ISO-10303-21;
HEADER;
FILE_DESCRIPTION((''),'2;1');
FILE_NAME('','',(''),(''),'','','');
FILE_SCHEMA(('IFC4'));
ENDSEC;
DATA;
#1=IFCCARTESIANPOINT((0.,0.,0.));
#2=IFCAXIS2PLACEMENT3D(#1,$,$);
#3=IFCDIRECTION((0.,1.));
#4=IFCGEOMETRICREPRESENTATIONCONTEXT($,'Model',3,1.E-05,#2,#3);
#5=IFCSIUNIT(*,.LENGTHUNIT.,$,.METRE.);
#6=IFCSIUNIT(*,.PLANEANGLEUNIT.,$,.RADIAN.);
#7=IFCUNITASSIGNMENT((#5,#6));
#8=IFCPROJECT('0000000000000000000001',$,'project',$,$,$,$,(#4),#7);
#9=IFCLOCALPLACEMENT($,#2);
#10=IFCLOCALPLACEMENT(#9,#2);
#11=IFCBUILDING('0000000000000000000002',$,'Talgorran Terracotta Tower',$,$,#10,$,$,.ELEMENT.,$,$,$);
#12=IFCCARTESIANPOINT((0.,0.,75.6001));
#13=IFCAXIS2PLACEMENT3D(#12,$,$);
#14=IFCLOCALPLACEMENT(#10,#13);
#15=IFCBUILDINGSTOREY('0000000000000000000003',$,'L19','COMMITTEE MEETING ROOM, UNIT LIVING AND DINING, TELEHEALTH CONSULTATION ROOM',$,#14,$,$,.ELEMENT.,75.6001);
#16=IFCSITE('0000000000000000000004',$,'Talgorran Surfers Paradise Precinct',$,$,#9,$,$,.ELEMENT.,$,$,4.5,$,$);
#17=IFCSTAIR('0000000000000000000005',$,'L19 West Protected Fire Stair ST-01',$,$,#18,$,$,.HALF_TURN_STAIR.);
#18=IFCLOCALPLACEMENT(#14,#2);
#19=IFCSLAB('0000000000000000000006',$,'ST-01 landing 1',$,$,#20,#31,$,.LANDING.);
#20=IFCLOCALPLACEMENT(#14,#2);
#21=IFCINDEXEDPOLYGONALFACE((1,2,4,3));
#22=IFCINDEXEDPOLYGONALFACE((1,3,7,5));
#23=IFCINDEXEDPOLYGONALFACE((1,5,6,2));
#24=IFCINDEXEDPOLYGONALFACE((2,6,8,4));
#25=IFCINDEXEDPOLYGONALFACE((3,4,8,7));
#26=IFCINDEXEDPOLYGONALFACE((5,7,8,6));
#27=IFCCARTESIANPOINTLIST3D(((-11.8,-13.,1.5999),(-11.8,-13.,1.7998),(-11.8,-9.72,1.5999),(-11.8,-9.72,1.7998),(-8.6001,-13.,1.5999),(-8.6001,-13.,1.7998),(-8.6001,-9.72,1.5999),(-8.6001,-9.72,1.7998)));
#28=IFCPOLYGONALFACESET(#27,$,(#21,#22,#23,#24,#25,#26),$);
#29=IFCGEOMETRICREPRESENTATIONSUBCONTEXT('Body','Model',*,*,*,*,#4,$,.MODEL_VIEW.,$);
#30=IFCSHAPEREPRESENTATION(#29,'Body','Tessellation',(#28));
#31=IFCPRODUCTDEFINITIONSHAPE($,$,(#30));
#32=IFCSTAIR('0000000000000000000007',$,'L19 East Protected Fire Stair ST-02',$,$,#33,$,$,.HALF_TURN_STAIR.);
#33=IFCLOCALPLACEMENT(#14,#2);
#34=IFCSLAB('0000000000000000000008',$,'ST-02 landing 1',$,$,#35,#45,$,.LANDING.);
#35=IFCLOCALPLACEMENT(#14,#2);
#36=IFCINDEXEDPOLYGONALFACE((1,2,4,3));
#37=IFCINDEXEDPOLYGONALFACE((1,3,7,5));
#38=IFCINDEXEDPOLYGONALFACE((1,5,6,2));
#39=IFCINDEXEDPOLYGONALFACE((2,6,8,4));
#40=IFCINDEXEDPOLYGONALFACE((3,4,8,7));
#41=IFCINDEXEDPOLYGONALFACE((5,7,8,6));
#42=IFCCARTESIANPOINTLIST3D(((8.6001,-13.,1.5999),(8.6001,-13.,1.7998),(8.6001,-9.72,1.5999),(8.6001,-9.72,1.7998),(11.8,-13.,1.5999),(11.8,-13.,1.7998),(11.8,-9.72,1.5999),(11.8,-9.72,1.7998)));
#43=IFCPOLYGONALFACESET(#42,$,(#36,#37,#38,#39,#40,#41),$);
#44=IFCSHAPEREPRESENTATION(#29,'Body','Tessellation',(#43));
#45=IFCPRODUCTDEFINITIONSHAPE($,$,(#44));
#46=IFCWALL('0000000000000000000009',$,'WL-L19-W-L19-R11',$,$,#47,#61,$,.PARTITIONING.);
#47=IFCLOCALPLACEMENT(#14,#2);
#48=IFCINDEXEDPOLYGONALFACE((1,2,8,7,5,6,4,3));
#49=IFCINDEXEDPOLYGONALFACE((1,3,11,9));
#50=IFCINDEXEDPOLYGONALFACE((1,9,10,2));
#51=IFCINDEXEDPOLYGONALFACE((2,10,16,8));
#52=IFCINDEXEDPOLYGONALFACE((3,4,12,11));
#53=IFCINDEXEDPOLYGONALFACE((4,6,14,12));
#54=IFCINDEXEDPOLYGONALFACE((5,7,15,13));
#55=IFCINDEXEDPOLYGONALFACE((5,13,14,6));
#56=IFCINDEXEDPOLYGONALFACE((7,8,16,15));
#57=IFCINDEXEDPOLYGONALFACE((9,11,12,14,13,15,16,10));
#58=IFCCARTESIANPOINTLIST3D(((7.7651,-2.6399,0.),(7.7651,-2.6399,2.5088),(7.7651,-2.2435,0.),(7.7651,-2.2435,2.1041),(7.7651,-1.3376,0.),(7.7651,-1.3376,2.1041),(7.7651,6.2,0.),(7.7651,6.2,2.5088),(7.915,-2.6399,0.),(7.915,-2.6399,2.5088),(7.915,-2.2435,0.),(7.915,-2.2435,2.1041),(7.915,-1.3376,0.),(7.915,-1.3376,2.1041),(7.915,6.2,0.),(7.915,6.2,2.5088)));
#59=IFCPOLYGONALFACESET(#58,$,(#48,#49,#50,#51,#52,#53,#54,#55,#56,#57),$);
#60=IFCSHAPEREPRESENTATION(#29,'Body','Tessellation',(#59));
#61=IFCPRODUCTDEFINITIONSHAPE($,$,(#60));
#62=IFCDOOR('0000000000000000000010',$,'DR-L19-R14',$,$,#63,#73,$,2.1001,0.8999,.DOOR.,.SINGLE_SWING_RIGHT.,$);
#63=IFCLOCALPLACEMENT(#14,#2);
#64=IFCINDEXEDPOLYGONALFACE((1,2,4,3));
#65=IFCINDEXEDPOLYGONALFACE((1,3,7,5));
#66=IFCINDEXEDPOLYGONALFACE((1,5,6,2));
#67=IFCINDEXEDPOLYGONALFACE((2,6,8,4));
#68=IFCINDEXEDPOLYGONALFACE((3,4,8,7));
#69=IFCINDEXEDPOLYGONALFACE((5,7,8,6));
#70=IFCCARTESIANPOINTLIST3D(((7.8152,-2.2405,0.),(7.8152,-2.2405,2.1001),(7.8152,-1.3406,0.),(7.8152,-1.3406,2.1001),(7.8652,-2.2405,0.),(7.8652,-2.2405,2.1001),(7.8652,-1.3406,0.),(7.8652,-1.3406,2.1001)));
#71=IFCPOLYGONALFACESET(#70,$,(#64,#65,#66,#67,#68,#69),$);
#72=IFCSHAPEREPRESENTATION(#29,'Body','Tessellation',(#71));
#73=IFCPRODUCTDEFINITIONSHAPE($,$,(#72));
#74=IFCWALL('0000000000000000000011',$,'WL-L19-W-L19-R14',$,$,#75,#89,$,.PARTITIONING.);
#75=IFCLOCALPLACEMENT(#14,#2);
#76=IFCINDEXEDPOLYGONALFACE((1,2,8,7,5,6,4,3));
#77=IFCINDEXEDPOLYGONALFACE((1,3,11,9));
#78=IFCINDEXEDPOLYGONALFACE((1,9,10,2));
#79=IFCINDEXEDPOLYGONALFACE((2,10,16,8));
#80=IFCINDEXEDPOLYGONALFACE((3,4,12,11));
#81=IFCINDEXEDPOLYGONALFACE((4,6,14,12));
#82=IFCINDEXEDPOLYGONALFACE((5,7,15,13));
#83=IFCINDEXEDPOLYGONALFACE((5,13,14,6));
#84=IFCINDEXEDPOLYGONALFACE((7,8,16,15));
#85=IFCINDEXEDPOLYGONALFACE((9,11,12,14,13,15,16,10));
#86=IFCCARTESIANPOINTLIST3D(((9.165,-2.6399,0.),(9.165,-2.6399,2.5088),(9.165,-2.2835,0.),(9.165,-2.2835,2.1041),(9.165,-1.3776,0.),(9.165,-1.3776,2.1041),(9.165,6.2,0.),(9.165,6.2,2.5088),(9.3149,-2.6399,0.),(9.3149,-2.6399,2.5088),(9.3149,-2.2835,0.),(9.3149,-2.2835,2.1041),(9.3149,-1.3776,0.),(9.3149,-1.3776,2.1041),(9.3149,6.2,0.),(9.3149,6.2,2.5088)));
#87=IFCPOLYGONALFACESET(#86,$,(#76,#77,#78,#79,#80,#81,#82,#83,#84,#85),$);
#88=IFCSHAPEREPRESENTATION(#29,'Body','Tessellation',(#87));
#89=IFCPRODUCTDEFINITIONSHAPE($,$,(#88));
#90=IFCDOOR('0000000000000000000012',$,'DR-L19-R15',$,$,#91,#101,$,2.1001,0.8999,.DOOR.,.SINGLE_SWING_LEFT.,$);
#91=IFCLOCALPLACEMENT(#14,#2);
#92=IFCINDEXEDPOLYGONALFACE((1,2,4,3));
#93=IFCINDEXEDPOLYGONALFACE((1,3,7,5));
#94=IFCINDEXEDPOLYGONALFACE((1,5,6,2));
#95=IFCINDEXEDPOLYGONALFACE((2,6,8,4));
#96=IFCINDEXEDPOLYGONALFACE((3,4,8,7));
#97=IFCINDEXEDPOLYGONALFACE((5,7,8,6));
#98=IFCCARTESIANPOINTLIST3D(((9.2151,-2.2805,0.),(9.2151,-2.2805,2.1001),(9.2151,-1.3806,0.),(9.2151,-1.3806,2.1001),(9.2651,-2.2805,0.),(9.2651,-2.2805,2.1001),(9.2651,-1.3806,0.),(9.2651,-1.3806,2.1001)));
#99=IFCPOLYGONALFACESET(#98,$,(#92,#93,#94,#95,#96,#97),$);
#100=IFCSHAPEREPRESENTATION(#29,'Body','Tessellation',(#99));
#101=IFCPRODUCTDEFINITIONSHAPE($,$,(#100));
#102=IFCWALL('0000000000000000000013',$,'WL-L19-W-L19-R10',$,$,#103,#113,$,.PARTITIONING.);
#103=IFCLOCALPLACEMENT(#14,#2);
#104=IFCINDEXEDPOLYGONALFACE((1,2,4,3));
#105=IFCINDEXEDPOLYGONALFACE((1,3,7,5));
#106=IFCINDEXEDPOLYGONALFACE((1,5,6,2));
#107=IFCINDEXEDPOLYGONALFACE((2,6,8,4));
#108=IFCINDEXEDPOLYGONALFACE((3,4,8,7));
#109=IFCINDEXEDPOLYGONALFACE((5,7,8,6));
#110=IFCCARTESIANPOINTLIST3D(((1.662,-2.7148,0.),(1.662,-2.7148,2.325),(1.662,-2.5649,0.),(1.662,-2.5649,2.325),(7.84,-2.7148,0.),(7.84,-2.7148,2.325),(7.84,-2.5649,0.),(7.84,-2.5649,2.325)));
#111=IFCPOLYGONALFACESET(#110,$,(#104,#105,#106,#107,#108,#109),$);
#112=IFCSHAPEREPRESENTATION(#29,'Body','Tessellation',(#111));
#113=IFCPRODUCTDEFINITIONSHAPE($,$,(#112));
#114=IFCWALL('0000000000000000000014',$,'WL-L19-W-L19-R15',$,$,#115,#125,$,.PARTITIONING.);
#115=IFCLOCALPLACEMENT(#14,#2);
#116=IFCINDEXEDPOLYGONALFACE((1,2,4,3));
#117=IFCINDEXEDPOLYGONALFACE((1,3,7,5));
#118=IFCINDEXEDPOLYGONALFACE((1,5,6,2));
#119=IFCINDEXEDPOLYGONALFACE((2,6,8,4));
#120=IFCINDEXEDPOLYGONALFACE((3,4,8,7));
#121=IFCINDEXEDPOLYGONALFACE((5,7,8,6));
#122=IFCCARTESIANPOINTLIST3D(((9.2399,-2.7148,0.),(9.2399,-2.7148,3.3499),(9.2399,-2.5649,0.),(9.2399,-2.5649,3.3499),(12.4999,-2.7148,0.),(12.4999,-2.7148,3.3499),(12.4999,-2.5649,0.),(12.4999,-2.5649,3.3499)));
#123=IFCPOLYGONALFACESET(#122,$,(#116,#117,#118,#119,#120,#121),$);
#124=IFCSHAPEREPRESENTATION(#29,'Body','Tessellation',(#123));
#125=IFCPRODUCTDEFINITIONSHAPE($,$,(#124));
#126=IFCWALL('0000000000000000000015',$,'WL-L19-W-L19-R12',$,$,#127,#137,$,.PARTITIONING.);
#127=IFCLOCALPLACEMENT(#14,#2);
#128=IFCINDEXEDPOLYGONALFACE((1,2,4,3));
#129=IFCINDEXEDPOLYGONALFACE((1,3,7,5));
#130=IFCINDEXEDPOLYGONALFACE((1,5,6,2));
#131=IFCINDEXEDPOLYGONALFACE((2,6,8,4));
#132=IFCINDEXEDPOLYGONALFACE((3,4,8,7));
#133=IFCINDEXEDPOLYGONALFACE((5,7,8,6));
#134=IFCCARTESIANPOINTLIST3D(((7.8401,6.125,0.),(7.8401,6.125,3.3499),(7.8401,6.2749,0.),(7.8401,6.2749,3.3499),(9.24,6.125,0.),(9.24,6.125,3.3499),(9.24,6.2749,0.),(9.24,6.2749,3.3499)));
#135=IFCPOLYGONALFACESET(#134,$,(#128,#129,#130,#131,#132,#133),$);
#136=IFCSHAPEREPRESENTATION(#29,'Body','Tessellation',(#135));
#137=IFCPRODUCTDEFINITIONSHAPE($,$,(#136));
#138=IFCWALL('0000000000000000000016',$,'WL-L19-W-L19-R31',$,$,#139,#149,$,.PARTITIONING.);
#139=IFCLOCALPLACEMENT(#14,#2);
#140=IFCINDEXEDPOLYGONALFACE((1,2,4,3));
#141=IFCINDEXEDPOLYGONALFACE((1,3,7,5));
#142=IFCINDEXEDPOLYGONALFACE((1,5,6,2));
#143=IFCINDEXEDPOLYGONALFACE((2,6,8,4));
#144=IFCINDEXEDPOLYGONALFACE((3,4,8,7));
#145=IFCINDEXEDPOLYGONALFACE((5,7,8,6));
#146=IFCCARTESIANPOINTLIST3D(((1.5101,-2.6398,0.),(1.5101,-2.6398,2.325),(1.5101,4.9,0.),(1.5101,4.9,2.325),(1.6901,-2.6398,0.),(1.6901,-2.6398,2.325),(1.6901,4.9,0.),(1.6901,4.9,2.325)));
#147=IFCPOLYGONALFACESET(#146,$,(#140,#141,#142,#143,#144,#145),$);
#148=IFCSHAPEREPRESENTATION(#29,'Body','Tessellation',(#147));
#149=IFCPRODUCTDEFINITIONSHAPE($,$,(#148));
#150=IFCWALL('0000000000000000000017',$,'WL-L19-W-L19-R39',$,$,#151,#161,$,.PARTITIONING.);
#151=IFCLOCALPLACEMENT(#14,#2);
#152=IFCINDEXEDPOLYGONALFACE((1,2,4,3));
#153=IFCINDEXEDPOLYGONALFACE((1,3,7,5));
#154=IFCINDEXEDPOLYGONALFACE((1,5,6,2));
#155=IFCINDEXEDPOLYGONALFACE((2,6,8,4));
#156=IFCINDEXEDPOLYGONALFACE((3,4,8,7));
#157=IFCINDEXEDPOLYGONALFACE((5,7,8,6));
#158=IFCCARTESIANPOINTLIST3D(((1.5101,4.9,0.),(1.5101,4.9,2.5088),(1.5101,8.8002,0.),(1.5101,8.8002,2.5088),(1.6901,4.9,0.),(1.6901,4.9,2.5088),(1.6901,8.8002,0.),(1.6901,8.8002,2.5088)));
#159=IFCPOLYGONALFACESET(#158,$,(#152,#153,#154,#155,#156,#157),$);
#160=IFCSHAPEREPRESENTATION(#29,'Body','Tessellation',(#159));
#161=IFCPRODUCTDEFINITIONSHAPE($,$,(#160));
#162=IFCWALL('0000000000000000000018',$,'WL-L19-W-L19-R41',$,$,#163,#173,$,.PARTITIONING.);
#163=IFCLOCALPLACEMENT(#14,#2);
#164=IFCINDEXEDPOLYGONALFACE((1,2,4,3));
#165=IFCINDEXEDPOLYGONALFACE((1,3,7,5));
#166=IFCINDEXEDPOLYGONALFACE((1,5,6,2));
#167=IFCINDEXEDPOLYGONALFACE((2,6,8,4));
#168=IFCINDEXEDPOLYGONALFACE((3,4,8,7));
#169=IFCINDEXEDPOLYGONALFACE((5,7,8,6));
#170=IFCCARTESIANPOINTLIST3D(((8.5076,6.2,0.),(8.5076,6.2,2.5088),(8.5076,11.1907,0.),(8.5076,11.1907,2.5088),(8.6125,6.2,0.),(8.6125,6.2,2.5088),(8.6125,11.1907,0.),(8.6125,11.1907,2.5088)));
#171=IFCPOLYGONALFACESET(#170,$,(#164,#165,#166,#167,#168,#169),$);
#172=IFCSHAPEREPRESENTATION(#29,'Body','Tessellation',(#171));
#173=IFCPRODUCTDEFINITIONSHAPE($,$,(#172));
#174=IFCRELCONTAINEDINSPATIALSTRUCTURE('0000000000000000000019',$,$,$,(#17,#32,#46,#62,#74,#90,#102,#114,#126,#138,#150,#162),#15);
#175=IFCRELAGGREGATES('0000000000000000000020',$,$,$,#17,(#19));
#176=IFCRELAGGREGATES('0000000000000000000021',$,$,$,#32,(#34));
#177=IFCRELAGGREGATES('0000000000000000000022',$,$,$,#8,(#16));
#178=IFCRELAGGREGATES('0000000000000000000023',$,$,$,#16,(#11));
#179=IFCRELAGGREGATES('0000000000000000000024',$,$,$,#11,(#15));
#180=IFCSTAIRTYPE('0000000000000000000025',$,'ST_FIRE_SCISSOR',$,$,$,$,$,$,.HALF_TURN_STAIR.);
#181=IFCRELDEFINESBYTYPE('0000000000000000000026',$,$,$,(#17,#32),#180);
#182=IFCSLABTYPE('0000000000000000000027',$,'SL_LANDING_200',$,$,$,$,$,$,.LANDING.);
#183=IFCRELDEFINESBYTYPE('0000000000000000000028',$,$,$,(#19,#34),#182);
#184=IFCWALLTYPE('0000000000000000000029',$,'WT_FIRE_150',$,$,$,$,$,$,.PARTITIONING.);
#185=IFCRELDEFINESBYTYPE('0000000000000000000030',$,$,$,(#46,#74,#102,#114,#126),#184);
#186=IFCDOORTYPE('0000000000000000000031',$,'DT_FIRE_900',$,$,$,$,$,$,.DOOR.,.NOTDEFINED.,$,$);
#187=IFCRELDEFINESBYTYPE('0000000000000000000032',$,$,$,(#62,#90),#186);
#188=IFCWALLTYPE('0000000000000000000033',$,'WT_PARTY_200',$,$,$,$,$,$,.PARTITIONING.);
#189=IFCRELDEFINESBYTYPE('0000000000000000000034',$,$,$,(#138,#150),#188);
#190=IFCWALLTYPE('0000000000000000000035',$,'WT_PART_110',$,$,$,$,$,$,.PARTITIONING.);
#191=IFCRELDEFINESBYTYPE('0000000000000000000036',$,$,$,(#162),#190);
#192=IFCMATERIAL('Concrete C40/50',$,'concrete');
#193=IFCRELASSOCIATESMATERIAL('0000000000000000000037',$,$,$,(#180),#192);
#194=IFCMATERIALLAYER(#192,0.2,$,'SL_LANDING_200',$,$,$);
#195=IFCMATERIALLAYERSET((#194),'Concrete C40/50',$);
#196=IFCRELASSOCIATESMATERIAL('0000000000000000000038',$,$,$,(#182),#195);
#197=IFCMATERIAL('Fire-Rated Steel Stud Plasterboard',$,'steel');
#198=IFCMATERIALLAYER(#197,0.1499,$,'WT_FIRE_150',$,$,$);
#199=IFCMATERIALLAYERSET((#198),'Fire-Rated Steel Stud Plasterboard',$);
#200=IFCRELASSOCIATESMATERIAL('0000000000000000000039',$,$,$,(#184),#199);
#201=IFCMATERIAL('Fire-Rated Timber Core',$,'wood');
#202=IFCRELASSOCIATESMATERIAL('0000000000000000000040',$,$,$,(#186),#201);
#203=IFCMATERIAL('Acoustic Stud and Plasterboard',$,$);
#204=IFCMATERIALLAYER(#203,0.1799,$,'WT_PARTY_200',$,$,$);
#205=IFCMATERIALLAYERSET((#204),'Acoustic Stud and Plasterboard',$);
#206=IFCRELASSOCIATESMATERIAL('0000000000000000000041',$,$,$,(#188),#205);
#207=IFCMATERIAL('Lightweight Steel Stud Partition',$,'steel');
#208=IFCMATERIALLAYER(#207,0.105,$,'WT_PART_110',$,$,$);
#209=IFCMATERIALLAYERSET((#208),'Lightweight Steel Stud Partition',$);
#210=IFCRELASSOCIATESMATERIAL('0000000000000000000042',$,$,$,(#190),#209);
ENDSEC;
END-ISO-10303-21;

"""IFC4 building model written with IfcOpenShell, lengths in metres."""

from ifc_helpers import new_model, si_unit, direction, frame, frame_2d, origin, place, context, subcontext, project, spatial, polyline, rectangle, outline, extrude, material, layer, layer_set, type_object, element, fill, aggregate, save


model = new_model("IFC4")

# Units and contexts
model_context = context("Model", 3, precision=1e-05, world=origin(), true_north=direction((0.0, 1.0)))
body_context = subcontext(model_context, "Body", "Model", "MODEL_VIEW")
ifc_project = project(units=[si_unit("LENGTHUNIT", "METRE"), si_unit("PLANEANGLEUNIT", "RADIAN")], contexts=[model_context])

# Site, building, storey
site_placement = place(None, origin())
site = spatial("IfcSite", under=ifc_project, at=site_placement, Name="Talgorran Surfers Paradise Precinct", CompositionType="ELEMENT", RefElevation=4.5)
building_placement = place(site_placement, origin())
building = spatial("IfcBuilding", under=site, at=building_placement, Name="Talgorran Terracotta Tower", CompositionType="ELEMENT")
storey_placement = place(building_placement, frame((0.0, 0.0, 75.6001)))
storey = spatial("IfcBuildingStorey", under=building, at=storey_placement, Name="L19", Description="COMMITTEE MEETING ROOM, UNIT LIVING AND DINING, TELEHEALTH CONSULTATION ROOM", CompositionType="ELEMENT", Elevation=75.6001)

# Shared definitions
ifc_material_1 = material(Name="Concrete C40/50", Category="concrete")

# Stairs, slabs
stair_type = type_object("IfcStairType", Name="ST_FIRE_SCISSOR", PredefinedType="HALF_TURN_STAIR", material=ifc_material_1)
stair_1_placement = place(storey_placement, origin())
stair_1 = element("IfcStair", 1, at=stair_1_placement, inside=storey, type_object=stair_type, Name="L19 West Protected Fire Stair ST-01", PredefinedType="HALF_TURN_STAIR")
ifc_layer_1 = layer(ifc_material_1, 0.2, Name="SL_LANDING_200")
ifc_layer_set_1 = layer_set([ifc_layer_1], Name="Concrete C40/50")
slab_type_1 = type_object("IfcSlabType", Name="SL_LANDING_200", PredefinedType="LANDING", material=ifc_layer_set_1)
slab_1_placement = place(storey_placement, frame((0.0, 0.0, 1.5999)))
slab_1 = element("IfcSlab", 2, at=slab_1_placement, type_object=slab_type_1, Name="ST-01 landing 1", PredefinedType="LANDING", context=body_context, shape_type="SweptSolid", body=[
    extrude(outline(polyline([(-11.8, -9.72), (-11.8, -13.0), (-8.6001, -13.0), (-8.6001, -9.72), (-11.8, -9.72)])), origin(), (0.0, 0.0, 1.0), 0.2),
])
aggregate(stair_1, [slab_1])
stair_2_placement = place(storey_placement, origin())
stair_2 = element("IfcStair", 3, at=stair_2_placement, inside=storey, type_object=stair_type, Name="L19 East Protected Fire Stair ST-02", PredefinedType="HALF_TURN_STAIR")
slab_2_placement = place(storey_placement, frame((0.0, 0.0, 1.5999)))
slab_2 = element("IfcSlab", 4, at=slab_2_placement, type_object=slab_type_1, Name="ST-02 landing 1", PredefinedType="LANDING", context=body_context, shape_type="SweptSolid", body=[
    extrude(outline(polyline([(8.6001, -9.72), (8.6001, -13.0), (11.8, -13.0), (11.8, -9.72), (8.6001, -9.72)])), origin(), (0.0, 0.0, 1.0), 0.2),
])
aggregate(stair_2, [slab_2])

# Walls, openings, doors
ifc_material_2 = material(Name="Fire-Rated Steel Stud Plasterboard", Category="steel")
ifc_layer_2 = layer(ifc_material_2, 0.1499, Name="WT_FIRE_150")
ifc_layer_set_2 = layer_set([ifc_layer_2], Name="Fire-Rated Steel Stud Plasterboard")
wall_type_1 = type_object("IfcWallType", Name="WT_FIRE_150", PredefinedType="PARTITIONING", material=ifc_layer_set_2)
wall_1_placement = place(storey_placement, frame((7.8401, -2.6399, 0.0), z_axis=(0.0, 0.0, 1.0), x_axis=(0.0, 1.0, 0.0)))
wall_1 = element("IfcWall", 5, at=wall_1_placement, inside=storey, type_object=wall_type_1, Name="WL-L19-W-L19-R11", PredefinedType="PARTITIONING", context=body_context, shape_type="SweptSolid", body=[
    extrude(rectangle(XDim=8.8398, YDim=0.1499, at=frame_2d((4.4199, 0.0))), origin(), (0.0, 0.0, 1.0), 2.5088),
])
opening_1_placement = place(wall_1_placement, frame((0.3994, 0.0, 0.0)))
opening_1 = element("IfcOpeningElement", 6, at=opening_1_placement, cuts=wall_1, PredefinedType="OPENING", context=body_context, shape_type="SweptSolid", body=[
    extrude(rectangle(XDim=0.9059, YDim=2.1041, at=frame_2d((0.45, 1.052))), frame((0.0, 0.085, 0.0), z_axis=(0.0, -1.0, 0.0), x_axis=(1.0, 0.0, 0.0)), (0.0, 0.0, 1.0), 0.1699),
])
ifc_material_3 = material(Name="Fire-Rated Timber Core", Category="wood")
door_type = type_object("IfcDoorType", Name="DT_FIRE_900", OperationType="NOTDEFINED", PredefinedType="DOOR", material=ifc_material_3)
door_1_placement = place(opening_1_placement, origin())
door_1 = element("IfcDoor", 7, at=door_1_placement, inside=storey, type_object=door_type, Name="DR-L19-R14", OperationType="SINGLE_SWING_RIGHT", OverallHeight=2.1001, OverallWidth=0.8999, PredefinedType="DOOR", context=body_context, shape_type="SweptSolid", body=[
    extrude(rectangle(XDim=0.8999, YDim=2.1001, at=frame_2d((0.45, 1.05))), frame((0.0, 0.0249, 0.0), z_axis=(0.0, -1.0, 0.0), x_axis=(1.0, 0.0, 0.0)), (0.0, 0.0, 1.0), 0.05),
])
fill(opening_1, door_1)
wall_2_placement = place(storey_placement, frame((9.24, -2.6399, 0.0), z_axis=(0.0, 0.0, 1.0), x_axis=(0.0, 1.0, 0.0)))
wall_2 = element("IfcWall", 8, at=wall_2_placement, inside=storey, type_object=wall_type_1, Name="WL-L19-W-L19-R14", PredefinedType="PARTITIONING", context=body_context, shape_type="SweptSolid", body=[
    extrude(rectangle(XDim=8.8398, YDim=0.1499, at=frame_2d((4.4199, 0.0))), origin(), (0.0, 0.0, 1.0), 2.5088),
])
opening_2_placement = place(wall_2_placement, frame((0.3594, 0.0, 0.0)))
opening_2 = element("IfcOpeningElement", 9, at=opening_2_placement, cuts=wall_2, PredefinedType="OPENING", context=body_context, shape_type="SweptSolid", body=[
    extrude(rectangle(XDim=0.9059, YDim=2.1041, at=frame_2d((0.45, 1.052))), frame((0.0, 0.085, 0.0), z_axis=(0.0, -1.0, 0.0), x_axis=(1.0, 0.0, 0.0)), (0.0, 0.0, 1.0), 0.1699),
])
door_2_placement = place(opening_2_placement, origin())
door_2 = element("IfcDoor", 10, at=door_2_placement, inside=storey, type_object=door_type, Name="DR-L19-R15", OperationType="SINGLE_SWING_LEFT", OverallHeight=2.1001, OverallWidth=0.8999, PredefinedType="DOOR", context=body_context, shape_type="SweptSolid", body=[
    extrude(rectangle(XDim=0.8999, YDim=2.1001, at=frame_2d((0.45, 1.05))), frame((0.0, 0.0249, 0.0), z_axis=(0.0, -1.0, 0.0), x_axis=(1.0, 0.0, 0.0)), (0.0, 0.0, 1.0), 0.05),
])
fill(opening_2, door_2)

# Walls
wall_3_placement = place(storey_placement, frame((1.6621, -2.6399, 0.0), z_axis=(0.0, 0.0, 1.0), x_axis=(1.0, 0.0, 0.0)))
element("IfcWall", 11, at=wall_3_placement, inside=storey, type_object=wall_type_1, Name="WL-L19-W-L19-R10", PredefinedType="PARTITIONING", context=body_context, shape_type="SweptSolid", body=[
    extrude(rectangle(XDim=6.178, YDim=0.1499, at=frame_2d((3.0889, 0.0))), origin(), (0.0, 0.0, 1.0), 2.325),
])
wall_4_placement = place(storey_placement, frame((9.24, -2.6399, 0.0), z_axis=(0.0, 0.0, 1.0), x_axis=(1.0, 0.0, 0.0)))
element("IfcWall", 12, at=wall_4_placement, inside=storey, type_object=wall_type_1, Name="WL-L19-W-L19-R15", PredefinedType="PARTITIONING", context=body_context, shape_type="SweptSolid", body=[
    extrude(rectangle(XDim=3.26, YDim=0.1499, at=frame_2d((1.6299, 0.0))), origin(), (0.0, 0.0, 1.0), 3.3499),
])
wall_5_placement = place(storey_placement, frame((7.8401, 6.2, 0.0), z_axis=(0.0, 0.0, 1.0), x_axis=(1.0, 0.0, 0.0)))
element("IfcWall", 13, at=wall_5_placement, inside=storey, type_object=wall_type_1, Name="WL-L19-W-L19-R12", PredefinedType="PARTITIONING", context=body_context, shape_type="SweptSolid", body=[
    extrude(rectangle(XDim=1.3999, YDim=0.1499, at=frame_2d((0.7, 0.0))), origin(), (0.0, 0.0, 1.0), 3.3499),
])
ifc_material_4 = material(Name="Acoustic Stud and Plasterboard")
ifc_layer_3 = layer(ifc_material_4, 0.1799, Name="WT_PARTY_200")
ifc_layer_set_3 = layer_set([ifc_layer_3], Name="Acoustic Stud and Plasterboard")
wall_type_2 = type_object("IfcWallType", Name="WT_PARTY_200", PredefinedType="PARTITIONING", material=ifc_layer_set_3)
wall_6_placement = place(storey_placement, frame((1.6001, -2.6399, 0.0), z_axis=(0.0, 0.0, 1.0), x_axis=(0.0, 1.0, 0.0)))
element("IfcWall", 14, at=wall_6_placement, inside=storey, type_object=wall_type_2, Name="WL-L19-W-L19-R31", PredefinedType="PARTITIONING", context=body_context, shape_type="SweptSolid", body=[
    extrude(rectangle(XDim=7.5398, YDim=0.1799, at=frame_2d((3.77, 0.0))), origin(), (0.0, 0.0, 1.0), 2.325),
])
wall_7_placement = place(storey_placement, frame((1.6001, 4.8999, 0.0), z_axis=(0.0, 0.0, 1.0), x_axis=(0.0, 1.0, 0.0)))
element("IfcWall", 15, at=wall_7_placement, inside=storey, type_object=wall_type_2, Name="WL-L19-W-L19-R39", PredefinedType="PARTITIONING", context=body_context, shape_type="SweptSolid", body=[
    extrude(rectangle(XDim=3.9001, YDim=0.1799, at=frame_2d((1.9502, 0.0))), origin(), (0.0, 0.0, 1.0), 2.5088),
])
ifc_material_5 = material(Name="Lightweight Steel Stud Partition", Category="steel")
ifc_layer_4 = layer(ifc_material_5, 0.105, Name="WT_PART_110")
ifc_layer_set_4 = layer_set([ifc_layer_4], Name="Lightweight Steel Stud Partition")
wall_type_3 = type_object("IfcWallType", Name="WT_PART_110", PredefinedType="PARTITIONING", material=ifc_layer_set_4)
wall_8_placement = place(storey_placement, frame((8.5601, 6.2, 0.0), z_axis=(0.0, 0.0, 1.0), x_axis=(0.0, 1.0, 0.0)))
element("IfcWall", 16, at=wall_8_placement, inside=storey, type_object=wall_type_3, Name="WL-L19-W-L19-R41", PredefinedType="PARTITIONING", context=body_context, shape_type="SweptSolid", body=[
    extrude(rectangle(XDim=4.9907, YDim=0.105, at=frame_2d((2.4954, 0.0))), origin(), (0.0, 0.0, 1.0), 2.5088),
])

save(model, "model.ifc")
